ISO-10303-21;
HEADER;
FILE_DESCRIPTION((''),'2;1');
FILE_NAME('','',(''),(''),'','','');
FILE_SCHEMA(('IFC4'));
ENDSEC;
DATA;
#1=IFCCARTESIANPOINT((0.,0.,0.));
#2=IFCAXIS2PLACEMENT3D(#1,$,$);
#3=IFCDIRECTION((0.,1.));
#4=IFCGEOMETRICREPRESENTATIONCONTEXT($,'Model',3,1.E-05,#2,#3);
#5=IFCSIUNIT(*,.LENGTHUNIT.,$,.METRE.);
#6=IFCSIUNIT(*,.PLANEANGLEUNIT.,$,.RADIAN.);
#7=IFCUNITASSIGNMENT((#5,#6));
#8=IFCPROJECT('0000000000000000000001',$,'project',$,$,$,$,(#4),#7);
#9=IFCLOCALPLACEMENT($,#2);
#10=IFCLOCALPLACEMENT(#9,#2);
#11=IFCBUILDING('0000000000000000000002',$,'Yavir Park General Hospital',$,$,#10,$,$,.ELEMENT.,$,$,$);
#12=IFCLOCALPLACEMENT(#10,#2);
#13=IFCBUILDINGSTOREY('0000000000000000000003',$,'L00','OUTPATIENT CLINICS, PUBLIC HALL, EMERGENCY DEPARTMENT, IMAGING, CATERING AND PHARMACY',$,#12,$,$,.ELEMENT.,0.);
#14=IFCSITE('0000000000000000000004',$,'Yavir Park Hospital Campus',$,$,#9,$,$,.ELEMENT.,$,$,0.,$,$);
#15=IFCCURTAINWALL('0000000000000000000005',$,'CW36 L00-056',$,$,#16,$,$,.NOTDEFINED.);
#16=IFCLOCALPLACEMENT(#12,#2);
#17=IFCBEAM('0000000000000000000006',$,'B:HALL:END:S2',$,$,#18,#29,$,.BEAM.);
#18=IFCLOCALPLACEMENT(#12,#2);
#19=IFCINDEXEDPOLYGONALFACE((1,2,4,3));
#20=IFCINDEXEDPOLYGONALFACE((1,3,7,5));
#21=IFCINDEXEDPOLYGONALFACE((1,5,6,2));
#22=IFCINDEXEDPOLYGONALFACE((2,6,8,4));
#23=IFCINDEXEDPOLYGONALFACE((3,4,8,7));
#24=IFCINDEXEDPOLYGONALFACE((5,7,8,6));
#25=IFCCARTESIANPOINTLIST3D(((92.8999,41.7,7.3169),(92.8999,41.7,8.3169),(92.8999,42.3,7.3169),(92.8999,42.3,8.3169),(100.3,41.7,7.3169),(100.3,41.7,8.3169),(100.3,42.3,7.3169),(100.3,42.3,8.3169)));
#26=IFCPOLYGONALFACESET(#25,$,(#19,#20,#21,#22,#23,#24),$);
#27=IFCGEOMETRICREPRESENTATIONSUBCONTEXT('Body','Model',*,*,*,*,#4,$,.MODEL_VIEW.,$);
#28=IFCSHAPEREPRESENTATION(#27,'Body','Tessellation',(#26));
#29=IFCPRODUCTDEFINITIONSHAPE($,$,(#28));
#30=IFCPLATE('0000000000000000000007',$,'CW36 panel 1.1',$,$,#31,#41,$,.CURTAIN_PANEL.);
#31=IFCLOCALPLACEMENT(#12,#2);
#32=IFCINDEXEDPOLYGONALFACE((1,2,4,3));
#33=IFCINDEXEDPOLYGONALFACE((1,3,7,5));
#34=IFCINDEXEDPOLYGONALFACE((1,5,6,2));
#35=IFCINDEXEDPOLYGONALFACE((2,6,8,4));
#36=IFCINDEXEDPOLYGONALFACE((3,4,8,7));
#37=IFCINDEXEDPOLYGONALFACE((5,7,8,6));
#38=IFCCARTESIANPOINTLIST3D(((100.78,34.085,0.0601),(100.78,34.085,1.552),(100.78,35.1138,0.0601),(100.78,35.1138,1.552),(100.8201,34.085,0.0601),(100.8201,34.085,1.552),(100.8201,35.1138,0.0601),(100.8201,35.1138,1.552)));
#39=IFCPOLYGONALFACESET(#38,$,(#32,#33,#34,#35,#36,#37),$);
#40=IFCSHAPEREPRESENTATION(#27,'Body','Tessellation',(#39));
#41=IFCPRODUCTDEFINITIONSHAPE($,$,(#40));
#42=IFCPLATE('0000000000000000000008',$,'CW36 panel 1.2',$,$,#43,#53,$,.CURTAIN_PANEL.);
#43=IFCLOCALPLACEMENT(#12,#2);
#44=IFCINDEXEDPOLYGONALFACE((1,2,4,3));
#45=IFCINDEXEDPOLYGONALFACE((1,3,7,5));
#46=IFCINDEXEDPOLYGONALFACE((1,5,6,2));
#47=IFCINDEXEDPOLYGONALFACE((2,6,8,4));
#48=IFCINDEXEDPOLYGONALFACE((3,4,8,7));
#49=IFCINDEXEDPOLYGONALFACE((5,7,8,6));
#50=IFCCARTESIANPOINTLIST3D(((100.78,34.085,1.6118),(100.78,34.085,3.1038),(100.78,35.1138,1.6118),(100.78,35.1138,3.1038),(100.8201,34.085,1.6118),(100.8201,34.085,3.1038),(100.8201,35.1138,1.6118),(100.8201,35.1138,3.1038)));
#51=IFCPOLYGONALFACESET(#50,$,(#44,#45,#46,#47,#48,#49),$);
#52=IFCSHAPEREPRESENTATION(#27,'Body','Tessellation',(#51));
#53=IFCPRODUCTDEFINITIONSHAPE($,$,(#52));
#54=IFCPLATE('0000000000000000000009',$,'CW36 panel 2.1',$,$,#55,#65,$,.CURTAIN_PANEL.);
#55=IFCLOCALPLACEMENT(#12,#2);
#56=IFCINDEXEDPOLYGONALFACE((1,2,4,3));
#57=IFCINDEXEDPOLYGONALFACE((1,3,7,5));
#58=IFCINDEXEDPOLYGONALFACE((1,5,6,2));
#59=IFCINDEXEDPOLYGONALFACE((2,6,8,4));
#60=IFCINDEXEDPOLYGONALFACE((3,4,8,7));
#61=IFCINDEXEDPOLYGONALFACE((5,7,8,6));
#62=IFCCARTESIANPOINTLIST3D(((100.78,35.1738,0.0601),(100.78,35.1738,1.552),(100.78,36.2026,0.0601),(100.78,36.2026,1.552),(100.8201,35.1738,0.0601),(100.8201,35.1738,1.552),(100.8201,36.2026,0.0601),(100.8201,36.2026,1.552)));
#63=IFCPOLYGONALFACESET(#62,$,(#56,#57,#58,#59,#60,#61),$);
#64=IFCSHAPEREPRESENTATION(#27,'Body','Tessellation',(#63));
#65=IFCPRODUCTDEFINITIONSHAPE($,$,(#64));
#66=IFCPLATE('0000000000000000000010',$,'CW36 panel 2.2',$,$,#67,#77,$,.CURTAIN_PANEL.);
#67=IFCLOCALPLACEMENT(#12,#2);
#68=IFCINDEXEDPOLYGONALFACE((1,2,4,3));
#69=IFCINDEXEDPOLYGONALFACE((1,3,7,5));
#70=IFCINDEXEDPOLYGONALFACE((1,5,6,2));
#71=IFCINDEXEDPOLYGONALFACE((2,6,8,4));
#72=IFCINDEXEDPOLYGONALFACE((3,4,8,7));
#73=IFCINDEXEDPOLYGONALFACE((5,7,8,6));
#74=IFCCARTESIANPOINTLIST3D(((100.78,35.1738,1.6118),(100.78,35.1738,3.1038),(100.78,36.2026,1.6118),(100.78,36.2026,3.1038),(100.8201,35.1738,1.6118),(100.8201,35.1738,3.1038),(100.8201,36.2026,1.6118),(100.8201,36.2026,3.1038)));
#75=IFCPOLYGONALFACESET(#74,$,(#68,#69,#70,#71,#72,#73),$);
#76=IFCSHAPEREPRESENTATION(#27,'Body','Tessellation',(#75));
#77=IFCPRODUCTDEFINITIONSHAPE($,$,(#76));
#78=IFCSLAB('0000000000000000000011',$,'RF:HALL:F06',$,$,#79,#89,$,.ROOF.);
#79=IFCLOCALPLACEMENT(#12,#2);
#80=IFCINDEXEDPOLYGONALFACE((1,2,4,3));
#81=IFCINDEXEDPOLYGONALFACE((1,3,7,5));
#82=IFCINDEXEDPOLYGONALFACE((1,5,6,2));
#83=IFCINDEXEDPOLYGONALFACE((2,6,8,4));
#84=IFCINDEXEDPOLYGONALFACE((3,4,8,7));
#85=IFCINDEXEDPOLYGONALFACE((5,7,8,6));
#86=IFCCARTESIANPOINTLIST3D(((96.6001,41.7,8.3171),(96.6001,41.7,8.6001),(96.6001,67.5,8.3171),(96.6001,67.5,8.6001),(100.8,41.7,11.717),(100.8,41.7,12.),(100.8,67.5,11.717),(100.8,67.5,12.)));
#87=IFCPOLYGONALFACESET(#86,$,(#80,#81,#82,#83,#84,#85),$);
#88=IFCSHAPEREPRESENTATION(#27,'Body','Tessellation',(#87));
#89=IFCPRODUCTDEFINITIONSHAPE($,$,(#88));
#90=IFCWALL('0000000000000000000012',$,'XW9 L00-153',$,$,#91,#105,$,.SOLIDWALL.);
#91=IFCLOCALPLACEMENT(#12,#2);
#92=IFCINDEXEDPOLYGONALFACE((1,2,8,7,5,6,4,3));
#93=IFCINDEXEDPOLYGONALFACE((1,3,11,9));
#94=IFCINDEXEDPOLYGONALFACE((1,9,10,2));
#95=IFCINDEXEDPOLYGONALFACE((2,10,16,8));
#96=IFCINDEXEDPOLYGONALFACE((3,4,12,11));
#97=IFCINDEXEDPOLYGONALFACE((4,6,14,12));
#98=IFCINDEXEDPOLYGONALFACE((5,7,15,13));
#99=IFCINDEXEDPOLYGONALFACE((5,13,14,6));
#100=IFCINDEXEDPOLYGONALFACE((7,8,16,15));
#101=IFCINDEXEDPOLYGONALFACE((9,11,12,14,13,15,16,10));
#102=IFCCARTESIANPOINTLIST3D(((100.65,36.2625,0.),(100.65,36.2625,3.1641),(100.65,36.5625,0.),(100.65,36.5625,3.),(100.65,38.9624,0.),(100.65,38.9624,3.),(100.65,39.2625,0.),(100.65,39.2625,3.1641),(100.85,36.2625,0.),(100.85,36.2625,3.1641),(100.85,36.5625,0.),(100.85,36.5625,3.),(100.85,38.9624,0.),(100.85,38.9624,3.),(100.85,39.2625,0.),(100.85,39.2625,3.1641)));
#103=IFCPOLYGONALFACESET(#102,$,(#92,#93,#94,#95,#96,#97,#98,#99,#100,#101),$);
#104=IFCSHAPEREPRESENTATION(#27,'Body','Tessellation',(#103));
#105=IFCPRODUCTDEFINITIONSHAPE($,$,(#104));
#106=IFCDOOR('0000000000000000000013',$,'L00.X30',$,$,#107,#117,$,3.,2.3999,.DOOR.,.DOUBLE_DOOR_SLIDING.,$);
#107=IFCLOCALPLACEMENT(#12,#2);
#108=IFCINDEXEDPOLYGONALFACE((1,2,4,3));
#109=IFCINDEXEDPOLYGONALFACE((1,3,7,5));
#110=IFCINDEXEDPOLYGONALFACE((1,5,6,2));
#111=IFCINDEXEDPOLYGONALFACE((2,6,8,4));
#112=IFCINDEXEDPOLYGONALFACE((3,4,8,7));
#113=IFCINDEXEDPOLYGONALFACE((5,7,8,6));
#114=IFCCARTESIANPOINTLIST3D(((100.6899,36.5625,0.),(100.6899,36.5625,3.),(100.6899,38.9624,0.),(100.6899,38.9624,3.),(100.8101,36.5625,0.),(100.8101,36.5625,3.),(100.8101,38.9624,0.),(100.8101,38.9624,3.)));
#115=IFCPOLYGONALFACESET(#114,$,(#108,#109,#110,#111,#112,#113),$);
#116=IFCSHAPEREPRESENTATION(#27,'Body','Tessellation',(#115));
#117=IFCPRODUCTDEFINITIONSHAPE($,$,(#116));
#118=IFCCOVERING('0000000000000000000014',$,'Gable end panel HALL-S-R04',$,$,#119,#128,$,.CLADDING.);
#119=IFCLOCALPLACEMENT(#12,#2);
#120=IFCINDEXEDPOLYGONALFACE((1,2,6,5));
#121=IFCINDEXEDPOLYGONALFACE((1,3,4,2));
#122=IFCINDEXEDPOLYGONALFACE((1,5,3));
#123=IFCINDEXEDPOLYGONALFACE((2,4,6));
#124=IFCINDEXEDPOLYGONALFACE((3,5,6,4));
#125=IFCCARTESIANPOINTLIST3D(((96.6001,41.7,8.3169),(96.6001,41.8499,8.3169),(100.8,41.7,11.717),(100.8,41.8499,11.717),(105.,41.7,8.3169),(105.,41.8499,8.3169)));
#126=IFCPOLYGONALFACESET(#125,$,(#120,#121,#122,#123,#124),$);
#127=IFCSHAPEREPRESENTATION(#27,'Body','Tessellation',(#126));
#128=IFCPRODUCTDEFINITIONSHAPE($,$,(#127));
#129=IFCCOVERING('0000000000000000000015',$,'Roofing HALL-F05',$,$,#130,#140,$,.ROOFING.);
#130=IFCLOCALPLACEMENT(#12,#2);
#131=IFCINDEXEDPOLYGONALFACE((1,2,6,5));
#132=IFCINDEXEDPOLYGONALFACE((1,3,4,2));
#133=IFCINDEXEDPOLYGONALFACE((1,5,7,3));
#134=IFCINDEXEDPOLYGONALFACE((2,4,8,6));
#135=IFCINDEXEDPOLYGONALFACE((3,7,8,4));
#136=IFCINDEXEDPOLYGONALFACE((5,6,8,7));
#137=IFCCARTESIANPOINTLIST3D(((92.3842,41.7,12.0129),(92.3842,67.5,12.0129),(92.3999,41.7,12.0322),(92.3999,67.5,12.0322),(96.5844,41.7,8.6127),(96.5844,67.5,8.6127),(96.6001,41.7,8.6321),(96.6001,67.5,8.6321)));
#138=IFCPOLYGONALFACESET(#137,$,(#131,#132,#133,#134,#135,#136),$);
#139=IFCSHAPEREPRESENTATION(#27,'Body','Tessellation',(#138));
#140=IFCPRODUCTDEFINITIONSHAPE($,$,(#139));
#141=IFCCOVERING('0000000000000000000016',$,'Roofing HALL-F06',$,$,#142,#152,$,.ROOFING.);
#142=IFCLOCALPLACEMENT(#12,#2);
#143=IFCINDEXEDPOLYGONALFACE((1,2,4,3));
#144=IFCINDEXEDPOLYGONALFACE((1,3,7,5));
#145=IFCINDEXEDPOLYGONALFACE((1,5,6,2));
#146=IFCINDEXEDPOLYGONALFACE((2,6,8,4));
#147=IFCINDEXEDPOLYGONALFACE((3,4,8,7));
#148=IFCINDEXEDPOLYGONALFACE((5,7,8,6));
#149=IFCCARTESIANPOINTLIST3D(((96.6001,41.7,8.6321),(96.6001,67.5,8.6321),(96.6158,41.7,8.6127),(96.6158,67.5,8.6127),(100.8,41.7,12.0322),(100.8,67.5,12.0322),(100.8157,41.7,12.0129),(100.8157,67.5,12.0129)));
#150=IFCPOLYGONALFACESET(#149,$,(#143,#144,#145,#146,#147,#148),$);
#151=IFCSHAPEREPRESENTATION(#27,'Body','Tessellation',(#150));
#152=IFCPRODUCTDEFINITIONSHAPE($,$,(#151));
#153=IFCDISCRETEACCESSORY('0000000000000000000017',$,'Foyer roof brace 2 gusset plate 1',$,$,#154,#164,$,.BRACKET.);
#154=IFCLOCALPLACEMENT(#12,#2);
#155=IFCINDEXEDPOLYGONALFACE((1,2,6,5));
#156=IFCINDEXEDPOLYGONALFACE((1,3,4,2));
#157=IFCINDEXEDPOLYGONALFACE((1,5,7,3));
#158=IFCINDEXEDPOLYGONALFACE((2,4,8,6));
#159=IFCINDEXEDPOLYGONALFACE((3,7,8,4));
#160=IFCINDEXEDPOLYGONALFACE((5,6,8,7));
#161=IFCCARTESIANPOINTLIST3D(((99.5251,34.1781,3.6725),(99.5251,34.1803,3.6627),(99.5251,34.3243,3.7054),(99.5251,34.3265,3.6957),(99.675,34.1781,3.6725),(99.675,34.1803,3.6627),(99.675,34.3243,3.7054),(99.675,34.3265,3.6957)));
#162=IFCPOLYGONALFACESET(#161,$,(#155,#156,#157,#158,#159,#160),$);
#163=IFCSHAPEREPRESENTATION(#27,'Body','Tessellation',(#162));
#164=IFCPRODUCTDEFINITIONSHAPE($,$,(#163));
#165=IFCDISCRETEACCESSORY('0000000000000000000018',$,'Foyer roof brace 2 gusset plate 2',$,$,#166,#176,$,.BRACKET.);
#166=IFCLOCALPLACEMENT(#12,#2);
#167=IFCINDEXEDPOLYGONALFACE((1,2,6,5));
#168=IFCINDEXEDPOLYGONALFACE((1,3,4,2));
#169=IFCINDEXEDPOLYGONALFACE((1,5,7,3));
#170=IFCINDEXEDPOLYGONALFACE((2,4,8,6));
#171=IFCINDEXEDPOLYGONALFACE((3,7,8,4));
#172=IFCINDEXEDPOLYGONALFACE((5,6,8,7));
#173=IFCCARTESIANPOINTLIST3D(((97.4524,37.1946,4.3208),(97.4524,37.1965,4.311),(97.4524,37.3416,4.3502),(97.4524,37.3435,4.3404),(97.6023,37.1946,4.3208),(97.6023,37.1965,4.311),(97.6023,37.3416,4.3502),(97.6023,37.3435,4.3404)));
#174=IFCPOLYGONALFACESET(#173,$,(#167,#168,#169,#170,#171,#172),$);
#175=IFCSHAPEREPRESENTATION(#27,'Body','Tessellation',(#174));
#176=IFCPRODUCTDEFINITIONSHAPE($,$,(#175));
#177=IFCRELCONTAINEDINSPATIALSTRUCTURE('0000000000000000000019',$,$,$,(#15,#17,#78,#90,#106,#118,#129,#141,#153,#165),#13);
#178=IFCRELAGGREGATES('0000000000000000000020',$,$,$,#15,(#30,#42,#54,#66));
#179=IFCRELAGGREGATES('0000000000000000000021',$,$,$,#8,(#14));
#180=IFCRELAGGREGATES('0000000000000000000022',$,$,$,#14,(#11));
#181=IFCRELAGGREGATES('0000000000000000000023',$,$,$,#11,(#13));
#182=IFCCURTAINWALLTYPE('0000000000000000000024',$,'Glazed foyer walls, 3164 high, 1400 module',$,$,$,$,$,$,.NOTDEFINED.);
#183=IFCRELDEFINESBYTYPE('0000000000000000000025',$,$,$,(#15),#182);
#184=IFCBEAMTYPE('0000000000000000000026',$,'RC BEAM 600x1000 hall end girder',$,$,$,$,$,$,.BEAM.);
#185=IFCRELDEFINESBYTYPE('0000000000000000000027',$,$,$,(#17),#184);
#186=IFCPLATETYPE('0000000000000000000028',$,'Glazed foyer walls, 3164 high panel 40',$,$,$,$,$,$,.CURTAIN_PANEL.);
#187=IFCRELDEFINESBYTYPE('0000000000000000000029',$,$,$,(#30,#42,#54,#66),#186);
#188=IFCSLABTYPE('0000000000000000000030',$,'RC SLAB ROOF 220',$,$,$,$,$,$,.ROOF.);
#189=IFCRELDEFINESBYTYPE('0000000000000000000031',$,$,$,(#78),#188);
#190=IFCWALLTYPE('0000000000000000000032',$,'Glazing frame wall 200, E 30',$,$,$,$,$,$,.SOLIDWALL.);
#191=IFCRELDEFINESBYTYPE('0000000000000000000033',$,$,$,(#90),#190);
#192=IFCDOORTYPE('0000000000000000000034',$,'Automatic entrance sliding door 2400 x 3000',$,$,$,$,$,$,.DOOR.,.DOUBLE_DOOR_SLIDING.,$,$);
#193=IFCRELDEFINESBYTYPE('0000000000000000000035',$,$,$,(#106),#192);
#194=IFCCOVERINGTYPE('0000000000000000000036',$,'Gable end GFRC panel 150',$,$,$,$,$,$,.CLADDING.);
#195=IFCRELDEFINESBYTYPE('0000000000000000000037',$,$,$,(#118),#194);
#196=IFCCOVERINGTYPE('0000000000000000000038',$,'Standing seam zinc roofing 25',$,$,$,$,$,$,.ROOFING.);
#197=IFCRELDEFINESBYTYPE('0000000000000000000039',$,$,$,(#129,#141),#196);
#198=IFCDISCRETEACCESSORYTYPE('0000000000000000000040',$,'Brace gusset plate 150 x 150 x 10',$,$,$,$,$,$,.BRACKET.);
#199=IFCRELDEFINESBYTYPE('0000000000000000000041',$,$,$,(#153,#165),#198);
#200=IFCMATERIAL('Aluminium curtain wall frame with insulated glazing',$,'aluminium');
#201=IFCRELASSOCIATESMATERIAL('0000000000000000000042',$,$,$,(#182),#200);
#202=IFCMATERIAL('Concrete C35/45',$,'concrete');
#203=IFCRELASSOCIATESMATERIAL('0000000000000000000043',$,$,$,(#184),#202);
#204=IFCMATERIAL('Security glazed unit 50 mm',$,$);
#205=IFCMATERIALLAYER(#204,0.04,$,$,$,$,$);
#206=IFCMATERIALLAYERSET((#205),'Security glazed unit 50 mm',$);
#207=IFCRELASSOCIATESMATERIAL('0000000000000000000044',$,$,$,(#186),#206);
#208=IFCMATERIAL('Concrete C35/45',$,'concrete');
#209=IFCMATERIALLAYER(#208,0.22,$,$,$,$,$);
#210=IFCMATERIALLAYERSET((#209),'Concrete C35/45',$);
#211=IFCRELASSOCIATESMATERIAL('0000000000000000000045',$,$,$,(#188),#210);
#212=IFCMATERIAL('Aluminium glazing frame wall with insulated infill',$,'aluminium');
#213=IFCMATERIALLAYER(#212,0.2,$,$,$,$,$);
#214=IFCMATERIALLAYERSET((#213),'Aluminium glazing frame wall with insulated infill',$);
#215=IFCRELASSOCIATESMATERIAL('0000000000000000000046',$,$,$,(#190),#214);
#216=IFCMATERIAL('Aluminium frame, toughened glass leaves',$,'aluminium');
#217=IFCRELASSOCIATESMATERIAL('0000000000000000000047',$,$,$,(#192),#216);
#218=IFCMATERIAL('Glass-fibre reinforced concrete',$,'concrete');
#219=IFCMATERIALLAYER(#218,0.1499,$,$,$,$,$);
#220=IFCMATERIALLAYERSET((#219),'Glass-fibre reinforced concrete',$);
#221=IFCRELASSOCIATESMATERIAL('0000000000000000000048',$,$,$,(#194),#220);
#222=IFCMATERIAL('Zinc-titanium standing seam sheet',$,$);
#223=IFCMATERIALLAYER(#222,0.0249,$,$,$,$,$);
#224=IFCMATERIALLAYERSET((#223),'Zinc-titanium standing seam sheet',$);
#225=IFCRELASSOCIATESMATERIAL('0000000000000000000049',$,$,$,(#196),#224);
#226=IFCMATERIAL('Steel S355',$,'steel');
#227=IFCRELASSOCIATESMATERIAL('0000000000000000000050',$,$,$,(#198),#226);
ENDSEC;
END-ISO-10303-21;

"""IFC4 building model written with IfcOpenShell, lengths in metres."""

from ifc_helpers import new_model, si_unit, direction, frame, frame_2d, origin, origin_2d, place, context, subcontext, project, spatial, polyline, rectangle, outline, extrude, material, layer, layer_set, material_profile, profile_set, type_object, element, fill, aggregate, save


model = new_model("IFC4")

# Units and contexts
model_context = context("Model", 3, precision=1e-05, world=origin(), true_north=direction((0.0, 1.0)))
body_context = subcontext(model_context, "Body", "Model", "MODEL_VIEW")
ifc_project = project(units=[si_unit("LENGTHUNIT", "METRE"), si_unit("PLANEANGLEUNIT", "RADIAN")], contexts=[model_context])

# Site, building, storey
site_placement = place(None, origin())
site = spatial("IfcSite", under=ifc_project, at=site_placement, Name="Yavir Park Hospital Campus", CompositionType="ELEMENT", RefElevation=0.0)
building_placement = place(site_placement, origin())
building = spatial("IfcBuilding", under=site, at=building_placement, Name="Yavir Park General Hospital", CompositionType="ELEMENT")
storey_placement = place(building_placement, origin())
storey = spatial("IfcBuildingStorey", under=building, at=storey_placement, Name="L00", Description="OUTPATIENT CLINICS, PUBLIC HALL, EMERGENCY DEPARTMENT, IMAGING, CATERING AND PHARMACY", CompositionType="ELEMENT", Elevation=0.0)

# Curtain wall
ifc_material_1 = material(Name="Aluminium curtain wall frame with insulated glazing", Category="aluminium")
curtain_wall_type = type_object("IfcCurtainWallType", Name="Glazed foyer walls, 3164 high, 1400 module", PredefinedType="NOTDEFINED", material=ifc_material_1)
curtain_wall_placement = place(storey_placement, origin())
curtain_wall = element("IfcCurtainWall", 1, at=curtain_wall_placement, inside=storey, type_object=curtain_wall_type, Name="CW36 L00-056", PredefinedType="NOTDEFINED")

# Beam
ifc_material_2 = material(Name="Concrete C35/45", Category="concrete")
ifc_material_profile_1 = material_profile(ifc_material_2, rectangle(XDim=0.6001, YDim=1.0, at=origin_2d()), Name="RC600x1000")
ifc_profile_set_1 = profile_set([ifc_material_profile_1], Name="Concrete C35/45")
beam_type_1 = type_object("IfcBeamType", Name="RC BEAM 600x1000 hall end girder", PredefinedType="BEAM", material=ifc_profile_set_1)
beam_1_placement = place(storey_placement, frame((92.8999, 42.0, 7.8169), z_axis=(1.0, 0.0, 0.0), x_axis=(0.0, 1.0, 0.0)))
element("IfcBeam", 2, at=beam_1_placement, inside=storey, type_object=beam_type_1, Name="B:HALL:END:S2", PredefinedType="BEAM", context=body_context, shape_type="SweptSolid", body=[
    extrude(rectangle(XDim=0.6001, YDim=1.0, at=origin_2d()), origin(), (0.0, 0.0, 1.0), 7.4001),
])

# Plates
ifc_material_3 = material(Name="Security glazed unit 50 mm")
ifc_layer_1 = layer(ifc_material_3, 0.04)
ifc_layer_set_1 = layer_set([ifc_layer_1], Name="Security glazed unit 50 mm")
plate_type = type_object("IfcPlateType", Name="Glazed foyer walls, 3164 high panel 40", PredefinedType="CURTAIN_PANEL", material=ifc_layer_set_1)
plate_1_placement = place(storey_placement, frame((100.8, 34.5994, 0.0601), z_axis=(0.0, 0.0, 1.0), x_axis=(0.0, 1.0, 0.0)))
plate_1 = element("IfcPlate", 3, at=plate_1_placement, type_object=plate_type, Name="CW36 panel 1.1", PredefinedType="CURTAIN_PANEL", context=body_context, shape_type="SweptSolid", body=[
    extrude(rectangle(XDim=1.0288, YDim=0.04, at=origin_2d()), origin(), (0.0, 0.0, 1.0), 1.4919),
])
plate_2_placement = place(storey_placement, frame((100.8, 34.5994, 1.6118), z_axis=(0.0, 0.0, 1.0), x_axis=(0.0, 1.0, 0.0)))
plate_2 = element("IfcPlate", 4, at=plate_2_placement, type_object=plate_type, Name="CW36 panel 1.2", PredefinedType="CURTAIN_PANEL", context=body_context, shape_type="SweptSolid", body=[
    extrude(rectangle(XDim=1.0288, YDim=0.04, at=origin_2d()), origin(), (0.0, 0.0, 1.0), 1.4919),
])
plate_3_placement = place(storey_placement, frame((100.8, 35.6882, 0.0601), z_axis=(0.0, 0.0, 1.0), x_axis=(0.0, 1.0, 0.0)))
plate_3 = element("IfcPlate", 5, at=plate_3_placement, type_object=plate_type, Name="CW36 panel 2.1", PredefinedType="CURTAIN_PANEL", context=body_context, shape_type="SweptSolid", body=[
    extrude(rectangle(XDim=1.0288, YDim=0.04, at=origin_2d()), origin(), (0.0, 0.0, 1.0), 1.4919),
])
plate_4_placement = place(storey_placement, frame((100.8, 35.6882, 1.6118), z_axis=(0.0, 0.0, 1.0), x_axis=(0.0, 1.0, 0.0)))
plate_4 = element("IfcPlate", 6, at=plate_4_placement, type_object=plate_type, Name="CW36 panel 2.2", PredefinedType="CURTAIN_PANEL", context=body_context, shape_type="SweptSolid", body=[
    extrude(rectangle(XDim=1.0288, YDim=0.04, at=origin_2d()), origin(), (0.0, 0.0, 1.0), 1.4919),
])
aggregate(curtain_wall, [plate_1, plate_2, plate_3, plate_4])

# Slab
ifc_material_4 = material(Name="Concrete C35/45", Category="concrete")
ifc_layer_2 = layer(ifc_material_4, 0.22)
ifc_layer_set_2 = layer_set([ifc_layer_2], Name="Concrete C35/45")
slab_type = type_object("IfcSlabType", Name="RC SLAB ROOF 220", PredefinedType="ROOF", material=ifc_layer_set_2)
slab_placement = place(storey_placement, frame((96.6001, 41.7, 8.6001), z_axis=(0.0, 0.0, 1.0), x_axis=(1.0, 0.0, 0.0)))
element("IfcSlab", 7, at=slab_placement, inside=storey, type_object=slab_type, Name="RF:HALL:F06", PredefinedType="ROOF", context=body_context, shape_type="SweptSolid", body=[
    extrude(outline(polyline([(0.0, 0.0), (4.2, 3.3999), (4.2, 3.1169), (0.0, -0.283), (0.0, 0.0)])), frame((0.0, 25.8, 0.0), z_axis=(0.0, -1.0, 0.0), x_axis=(1.0, 0.0, 0.0)), (0.0, 0.0, 1.0), 25.8),
])

# Wall, opening, door
ifc_material_5 = material(Name="Aluminium glazing frame wall with insulated infill", Category="aluminium")
ifc_layer_3 = layer(ifc_material_5, 0.2)
ifc_layer_set_3 = layer_set([ifc_layer_3], Name="Aluminium glazing frame wall with insulated infill")
wall_type = type_object("IfcWallType", Name="Glazing frame wall 200, E 30", PredefinedType="SOLIDWALL", material=ifc_layer_set_3)
wall_placement = place(storey_placement, frame((100.75, 36.2625, 0.0), z_axis=(0.0, 0.0, 1.0), x_axis=(0.0, 1.0, 0.0)))
wall = element("IfcWall", 8, at=wall_placement, inside=storey, type_object=wall_type, Name="XW9 L00-153", PredefinedType="SOLIDWALL", context=body_context, shape_type="SweptSolid", body=[
    extrude(rectangle(XDim=3.0, YDim=0.2, at=frame_2d((1.5, 0.0))), origin(), (0.0, 0.0, 1.0), 3.1641),
])
opening_placement = place(wall_placement, frame((0.3, 0.0, 0.0)))
opening = element("IfcOpeningElement", 9, at=opening_placement, cuts=wall, PredefinedType="OPENING", context=body_context, shape_type="SweptSolid", body=[
    extrude(rectangle(XDim=2.3999, YDim=3.0, at=frame_2d((1.2, 1.5))), frame((0.0, 0.1099, 0.0), z_axis=(0.0, -1.0, 0.0), x_axis=(1.0, 0.0, 0.0)), (0.0, 0.0, 1.0), 0.22),
])
ifc_material_6 = material(Name="Aluminium frame, toughened glass leaves", Category="aluminium")
door_type = type_object("IfcDoorType", Name="Automatic entrance sliding door 2400 x 3000", OperationType="DOUBLE_DOOR_SLIDING", PredefinedType="DOOR", material=ifc_material_6)
door_placement = place(opening_placement, frame((2.3999, 0.0, 0.0), x_axis=(-1.0, 0.0, 0.0)))
door = element("IfcDoor", 10, at=door_placement, inside=storey, type_object=door_type, Name="L00.X30", OperationType="DOUBLE_DOOR_SLIDING", OverallHeight=3.0, OverallWidth=2.3999, PredefinedType="DOOR", context=body_context, shape_type="SweptSolid", body=[
    extrude(rectangle(XDim=2.3999, YDim=3.0, at=frame_2d((1.2, 1.5))), frame((0.0, 0.0601, 0.0), z_axis=(0.0, -1.0, 0.0), x_axis=(1.0, 0.0, 0.0)), (0.0, 0.0, 1.0), 0.1201),
])
fill(opening, door)

# Coverings
ifc_material_7 = material(Name="Glass-fibre reinforced concrete", Category="concrete")
ifc_layer_4 = layer(ifc_material_7, 0.1499)
ifc_layer_set_4 = layer_set([ifc_layer_4], Name="Glass-fibre reinforced concrete")
covering_type_1 = type_object("IfcCoveringType", Name="Gable end GFRC panel 150", PredefinedType="CLADDING", material=ifc_layer_set_4)
covering_1_placement = place(storey_placement, frame((96.6001, 41.7, 8.3169), z_axis=(0.0, -1.0, 0.0), x_axis=(1.0, 0.0, 0.0)))
element("IfcCovering", 11, at=covering_1_placement, inside=storey, type_object=covering_type_1, Name="Gable end panel HALL-S-R04", PredefinedType="CLADDING", context=body_context, shape_type="SweptSolid", body=[
    extrude(outline(polyline([(0.0, 0.0), (8.3999, 0.0), (4.2, 3.4001), (0.0, 0.0)])), origin(), (0.0, 0.0, -1.0), 0.1499),
])
ifc_material_8 = material(Name="Zinc-titanium standing seam sheet")
ifc_layer_5 = layer(ifc_material_8, 0.0249)
ifc_layer_set_5 = layer_set([ifc_layer_5], Name="Zinc-titanium standing seam sheet")
covering_type_2 = type_object("IfcCoveringType", Name="Standing seam zinc roofing 25", PredefinedType="ROOFING", material=ifc_layer_set_5)
covering_2_placement = place(storey_placement, frame((92.3999, 41.7, 12.0322), z_axis=(0.629197, 0.0, 0.777246), x_axis=(0.777246, 0.0, -0.629197)))
element("IfcCovering", 12, at=covering_2_placement, inside=storey, type_object=covering_type_2, Name="Roofing HALL-F05", PredefinedType="ROOFING", context=body_context, shape_type="SweptSolid", body=[
    extrude(outline(polyline([(0.0, 0.0), (5.4039, 0.0), (5.4039, 25.8), (0.0, 25.8), (0.0, 0.0)])), origin(), (0.0, 0.0, -1.0), 0.0249),
])
covering_3_placement = place(storey_placement, frame((96.6001, 41.7, 8.6321), z_axis=(-0.629219, 0.0, 0.777228), x_axis=(0.777228, 0.0, 0.629219)))
element("IfcCovering", 13, at=covering_3_placement, inside=storey, type_object=covering_type_2, Name="Roofing HALL-F06", PredefinedType="ROOFING", context=body_context, shape_type="SweptSolid", body=[
    extrude(outline(polyline([(0.0, 0.0), (5.4038, 0.0), (5.4038, 25.8), (0.0, 25.8), (0.0, 0.0)])), origin(), (0.0, 0.0, -1.0), 0.0249),
])

# Discrete accessories
ifc_material_9 = material(Name="Steel S355", Category="steel")
ifc_material_profile_2 = material_profile(ifc_material_9, rectangle(XDim=0.1499, YDim=0.1499, at=origin_2d()), Name="PL150x150")
ifc_profile_set_2 = profile_set([ifc_material_profile_2], Name="Steel S355")
discrete_accessory_type_1 = type_object("IfcDiscreteAccessoryType", Name="Brace gusset plate 150 x 150 x 10", PredefinedType="BRACKET", material=ifc_profile_set_2)
for number, where, z_axis, x_axis, name in (
    (14, (99.6001, 34.2534, 3.6792), (0.0, -0.219512, 0.97561), (1.0, 0.0, 0.0), "Foyer roof brace 2 gusset plate 1"),
    (15, (97.5273, 37.27, 4.3257), (0.0, -0.196116, 0.980581), (1.0, 0.0, 0.0), "Foyer roof brace 2 gusset plate 2"),
):
    element("IfcDiscreteAccessory", number, at=place(storey_placement, frame(where, z_axis=z_axis, x_axis=x_axis)), inside=storey, type_object=discrete_accessory_type_1, Name=name, PredefinedType="BRACKET", context=body_context, shape_type="SweptSolid", body=[
        extrude(rectangle(XDim=0.1499, YDim=0.1499, at=origin_2d()), origin(), (0.0, 0.0, 1.0), 0.01),
    ])

save(model, "model.ifc")
